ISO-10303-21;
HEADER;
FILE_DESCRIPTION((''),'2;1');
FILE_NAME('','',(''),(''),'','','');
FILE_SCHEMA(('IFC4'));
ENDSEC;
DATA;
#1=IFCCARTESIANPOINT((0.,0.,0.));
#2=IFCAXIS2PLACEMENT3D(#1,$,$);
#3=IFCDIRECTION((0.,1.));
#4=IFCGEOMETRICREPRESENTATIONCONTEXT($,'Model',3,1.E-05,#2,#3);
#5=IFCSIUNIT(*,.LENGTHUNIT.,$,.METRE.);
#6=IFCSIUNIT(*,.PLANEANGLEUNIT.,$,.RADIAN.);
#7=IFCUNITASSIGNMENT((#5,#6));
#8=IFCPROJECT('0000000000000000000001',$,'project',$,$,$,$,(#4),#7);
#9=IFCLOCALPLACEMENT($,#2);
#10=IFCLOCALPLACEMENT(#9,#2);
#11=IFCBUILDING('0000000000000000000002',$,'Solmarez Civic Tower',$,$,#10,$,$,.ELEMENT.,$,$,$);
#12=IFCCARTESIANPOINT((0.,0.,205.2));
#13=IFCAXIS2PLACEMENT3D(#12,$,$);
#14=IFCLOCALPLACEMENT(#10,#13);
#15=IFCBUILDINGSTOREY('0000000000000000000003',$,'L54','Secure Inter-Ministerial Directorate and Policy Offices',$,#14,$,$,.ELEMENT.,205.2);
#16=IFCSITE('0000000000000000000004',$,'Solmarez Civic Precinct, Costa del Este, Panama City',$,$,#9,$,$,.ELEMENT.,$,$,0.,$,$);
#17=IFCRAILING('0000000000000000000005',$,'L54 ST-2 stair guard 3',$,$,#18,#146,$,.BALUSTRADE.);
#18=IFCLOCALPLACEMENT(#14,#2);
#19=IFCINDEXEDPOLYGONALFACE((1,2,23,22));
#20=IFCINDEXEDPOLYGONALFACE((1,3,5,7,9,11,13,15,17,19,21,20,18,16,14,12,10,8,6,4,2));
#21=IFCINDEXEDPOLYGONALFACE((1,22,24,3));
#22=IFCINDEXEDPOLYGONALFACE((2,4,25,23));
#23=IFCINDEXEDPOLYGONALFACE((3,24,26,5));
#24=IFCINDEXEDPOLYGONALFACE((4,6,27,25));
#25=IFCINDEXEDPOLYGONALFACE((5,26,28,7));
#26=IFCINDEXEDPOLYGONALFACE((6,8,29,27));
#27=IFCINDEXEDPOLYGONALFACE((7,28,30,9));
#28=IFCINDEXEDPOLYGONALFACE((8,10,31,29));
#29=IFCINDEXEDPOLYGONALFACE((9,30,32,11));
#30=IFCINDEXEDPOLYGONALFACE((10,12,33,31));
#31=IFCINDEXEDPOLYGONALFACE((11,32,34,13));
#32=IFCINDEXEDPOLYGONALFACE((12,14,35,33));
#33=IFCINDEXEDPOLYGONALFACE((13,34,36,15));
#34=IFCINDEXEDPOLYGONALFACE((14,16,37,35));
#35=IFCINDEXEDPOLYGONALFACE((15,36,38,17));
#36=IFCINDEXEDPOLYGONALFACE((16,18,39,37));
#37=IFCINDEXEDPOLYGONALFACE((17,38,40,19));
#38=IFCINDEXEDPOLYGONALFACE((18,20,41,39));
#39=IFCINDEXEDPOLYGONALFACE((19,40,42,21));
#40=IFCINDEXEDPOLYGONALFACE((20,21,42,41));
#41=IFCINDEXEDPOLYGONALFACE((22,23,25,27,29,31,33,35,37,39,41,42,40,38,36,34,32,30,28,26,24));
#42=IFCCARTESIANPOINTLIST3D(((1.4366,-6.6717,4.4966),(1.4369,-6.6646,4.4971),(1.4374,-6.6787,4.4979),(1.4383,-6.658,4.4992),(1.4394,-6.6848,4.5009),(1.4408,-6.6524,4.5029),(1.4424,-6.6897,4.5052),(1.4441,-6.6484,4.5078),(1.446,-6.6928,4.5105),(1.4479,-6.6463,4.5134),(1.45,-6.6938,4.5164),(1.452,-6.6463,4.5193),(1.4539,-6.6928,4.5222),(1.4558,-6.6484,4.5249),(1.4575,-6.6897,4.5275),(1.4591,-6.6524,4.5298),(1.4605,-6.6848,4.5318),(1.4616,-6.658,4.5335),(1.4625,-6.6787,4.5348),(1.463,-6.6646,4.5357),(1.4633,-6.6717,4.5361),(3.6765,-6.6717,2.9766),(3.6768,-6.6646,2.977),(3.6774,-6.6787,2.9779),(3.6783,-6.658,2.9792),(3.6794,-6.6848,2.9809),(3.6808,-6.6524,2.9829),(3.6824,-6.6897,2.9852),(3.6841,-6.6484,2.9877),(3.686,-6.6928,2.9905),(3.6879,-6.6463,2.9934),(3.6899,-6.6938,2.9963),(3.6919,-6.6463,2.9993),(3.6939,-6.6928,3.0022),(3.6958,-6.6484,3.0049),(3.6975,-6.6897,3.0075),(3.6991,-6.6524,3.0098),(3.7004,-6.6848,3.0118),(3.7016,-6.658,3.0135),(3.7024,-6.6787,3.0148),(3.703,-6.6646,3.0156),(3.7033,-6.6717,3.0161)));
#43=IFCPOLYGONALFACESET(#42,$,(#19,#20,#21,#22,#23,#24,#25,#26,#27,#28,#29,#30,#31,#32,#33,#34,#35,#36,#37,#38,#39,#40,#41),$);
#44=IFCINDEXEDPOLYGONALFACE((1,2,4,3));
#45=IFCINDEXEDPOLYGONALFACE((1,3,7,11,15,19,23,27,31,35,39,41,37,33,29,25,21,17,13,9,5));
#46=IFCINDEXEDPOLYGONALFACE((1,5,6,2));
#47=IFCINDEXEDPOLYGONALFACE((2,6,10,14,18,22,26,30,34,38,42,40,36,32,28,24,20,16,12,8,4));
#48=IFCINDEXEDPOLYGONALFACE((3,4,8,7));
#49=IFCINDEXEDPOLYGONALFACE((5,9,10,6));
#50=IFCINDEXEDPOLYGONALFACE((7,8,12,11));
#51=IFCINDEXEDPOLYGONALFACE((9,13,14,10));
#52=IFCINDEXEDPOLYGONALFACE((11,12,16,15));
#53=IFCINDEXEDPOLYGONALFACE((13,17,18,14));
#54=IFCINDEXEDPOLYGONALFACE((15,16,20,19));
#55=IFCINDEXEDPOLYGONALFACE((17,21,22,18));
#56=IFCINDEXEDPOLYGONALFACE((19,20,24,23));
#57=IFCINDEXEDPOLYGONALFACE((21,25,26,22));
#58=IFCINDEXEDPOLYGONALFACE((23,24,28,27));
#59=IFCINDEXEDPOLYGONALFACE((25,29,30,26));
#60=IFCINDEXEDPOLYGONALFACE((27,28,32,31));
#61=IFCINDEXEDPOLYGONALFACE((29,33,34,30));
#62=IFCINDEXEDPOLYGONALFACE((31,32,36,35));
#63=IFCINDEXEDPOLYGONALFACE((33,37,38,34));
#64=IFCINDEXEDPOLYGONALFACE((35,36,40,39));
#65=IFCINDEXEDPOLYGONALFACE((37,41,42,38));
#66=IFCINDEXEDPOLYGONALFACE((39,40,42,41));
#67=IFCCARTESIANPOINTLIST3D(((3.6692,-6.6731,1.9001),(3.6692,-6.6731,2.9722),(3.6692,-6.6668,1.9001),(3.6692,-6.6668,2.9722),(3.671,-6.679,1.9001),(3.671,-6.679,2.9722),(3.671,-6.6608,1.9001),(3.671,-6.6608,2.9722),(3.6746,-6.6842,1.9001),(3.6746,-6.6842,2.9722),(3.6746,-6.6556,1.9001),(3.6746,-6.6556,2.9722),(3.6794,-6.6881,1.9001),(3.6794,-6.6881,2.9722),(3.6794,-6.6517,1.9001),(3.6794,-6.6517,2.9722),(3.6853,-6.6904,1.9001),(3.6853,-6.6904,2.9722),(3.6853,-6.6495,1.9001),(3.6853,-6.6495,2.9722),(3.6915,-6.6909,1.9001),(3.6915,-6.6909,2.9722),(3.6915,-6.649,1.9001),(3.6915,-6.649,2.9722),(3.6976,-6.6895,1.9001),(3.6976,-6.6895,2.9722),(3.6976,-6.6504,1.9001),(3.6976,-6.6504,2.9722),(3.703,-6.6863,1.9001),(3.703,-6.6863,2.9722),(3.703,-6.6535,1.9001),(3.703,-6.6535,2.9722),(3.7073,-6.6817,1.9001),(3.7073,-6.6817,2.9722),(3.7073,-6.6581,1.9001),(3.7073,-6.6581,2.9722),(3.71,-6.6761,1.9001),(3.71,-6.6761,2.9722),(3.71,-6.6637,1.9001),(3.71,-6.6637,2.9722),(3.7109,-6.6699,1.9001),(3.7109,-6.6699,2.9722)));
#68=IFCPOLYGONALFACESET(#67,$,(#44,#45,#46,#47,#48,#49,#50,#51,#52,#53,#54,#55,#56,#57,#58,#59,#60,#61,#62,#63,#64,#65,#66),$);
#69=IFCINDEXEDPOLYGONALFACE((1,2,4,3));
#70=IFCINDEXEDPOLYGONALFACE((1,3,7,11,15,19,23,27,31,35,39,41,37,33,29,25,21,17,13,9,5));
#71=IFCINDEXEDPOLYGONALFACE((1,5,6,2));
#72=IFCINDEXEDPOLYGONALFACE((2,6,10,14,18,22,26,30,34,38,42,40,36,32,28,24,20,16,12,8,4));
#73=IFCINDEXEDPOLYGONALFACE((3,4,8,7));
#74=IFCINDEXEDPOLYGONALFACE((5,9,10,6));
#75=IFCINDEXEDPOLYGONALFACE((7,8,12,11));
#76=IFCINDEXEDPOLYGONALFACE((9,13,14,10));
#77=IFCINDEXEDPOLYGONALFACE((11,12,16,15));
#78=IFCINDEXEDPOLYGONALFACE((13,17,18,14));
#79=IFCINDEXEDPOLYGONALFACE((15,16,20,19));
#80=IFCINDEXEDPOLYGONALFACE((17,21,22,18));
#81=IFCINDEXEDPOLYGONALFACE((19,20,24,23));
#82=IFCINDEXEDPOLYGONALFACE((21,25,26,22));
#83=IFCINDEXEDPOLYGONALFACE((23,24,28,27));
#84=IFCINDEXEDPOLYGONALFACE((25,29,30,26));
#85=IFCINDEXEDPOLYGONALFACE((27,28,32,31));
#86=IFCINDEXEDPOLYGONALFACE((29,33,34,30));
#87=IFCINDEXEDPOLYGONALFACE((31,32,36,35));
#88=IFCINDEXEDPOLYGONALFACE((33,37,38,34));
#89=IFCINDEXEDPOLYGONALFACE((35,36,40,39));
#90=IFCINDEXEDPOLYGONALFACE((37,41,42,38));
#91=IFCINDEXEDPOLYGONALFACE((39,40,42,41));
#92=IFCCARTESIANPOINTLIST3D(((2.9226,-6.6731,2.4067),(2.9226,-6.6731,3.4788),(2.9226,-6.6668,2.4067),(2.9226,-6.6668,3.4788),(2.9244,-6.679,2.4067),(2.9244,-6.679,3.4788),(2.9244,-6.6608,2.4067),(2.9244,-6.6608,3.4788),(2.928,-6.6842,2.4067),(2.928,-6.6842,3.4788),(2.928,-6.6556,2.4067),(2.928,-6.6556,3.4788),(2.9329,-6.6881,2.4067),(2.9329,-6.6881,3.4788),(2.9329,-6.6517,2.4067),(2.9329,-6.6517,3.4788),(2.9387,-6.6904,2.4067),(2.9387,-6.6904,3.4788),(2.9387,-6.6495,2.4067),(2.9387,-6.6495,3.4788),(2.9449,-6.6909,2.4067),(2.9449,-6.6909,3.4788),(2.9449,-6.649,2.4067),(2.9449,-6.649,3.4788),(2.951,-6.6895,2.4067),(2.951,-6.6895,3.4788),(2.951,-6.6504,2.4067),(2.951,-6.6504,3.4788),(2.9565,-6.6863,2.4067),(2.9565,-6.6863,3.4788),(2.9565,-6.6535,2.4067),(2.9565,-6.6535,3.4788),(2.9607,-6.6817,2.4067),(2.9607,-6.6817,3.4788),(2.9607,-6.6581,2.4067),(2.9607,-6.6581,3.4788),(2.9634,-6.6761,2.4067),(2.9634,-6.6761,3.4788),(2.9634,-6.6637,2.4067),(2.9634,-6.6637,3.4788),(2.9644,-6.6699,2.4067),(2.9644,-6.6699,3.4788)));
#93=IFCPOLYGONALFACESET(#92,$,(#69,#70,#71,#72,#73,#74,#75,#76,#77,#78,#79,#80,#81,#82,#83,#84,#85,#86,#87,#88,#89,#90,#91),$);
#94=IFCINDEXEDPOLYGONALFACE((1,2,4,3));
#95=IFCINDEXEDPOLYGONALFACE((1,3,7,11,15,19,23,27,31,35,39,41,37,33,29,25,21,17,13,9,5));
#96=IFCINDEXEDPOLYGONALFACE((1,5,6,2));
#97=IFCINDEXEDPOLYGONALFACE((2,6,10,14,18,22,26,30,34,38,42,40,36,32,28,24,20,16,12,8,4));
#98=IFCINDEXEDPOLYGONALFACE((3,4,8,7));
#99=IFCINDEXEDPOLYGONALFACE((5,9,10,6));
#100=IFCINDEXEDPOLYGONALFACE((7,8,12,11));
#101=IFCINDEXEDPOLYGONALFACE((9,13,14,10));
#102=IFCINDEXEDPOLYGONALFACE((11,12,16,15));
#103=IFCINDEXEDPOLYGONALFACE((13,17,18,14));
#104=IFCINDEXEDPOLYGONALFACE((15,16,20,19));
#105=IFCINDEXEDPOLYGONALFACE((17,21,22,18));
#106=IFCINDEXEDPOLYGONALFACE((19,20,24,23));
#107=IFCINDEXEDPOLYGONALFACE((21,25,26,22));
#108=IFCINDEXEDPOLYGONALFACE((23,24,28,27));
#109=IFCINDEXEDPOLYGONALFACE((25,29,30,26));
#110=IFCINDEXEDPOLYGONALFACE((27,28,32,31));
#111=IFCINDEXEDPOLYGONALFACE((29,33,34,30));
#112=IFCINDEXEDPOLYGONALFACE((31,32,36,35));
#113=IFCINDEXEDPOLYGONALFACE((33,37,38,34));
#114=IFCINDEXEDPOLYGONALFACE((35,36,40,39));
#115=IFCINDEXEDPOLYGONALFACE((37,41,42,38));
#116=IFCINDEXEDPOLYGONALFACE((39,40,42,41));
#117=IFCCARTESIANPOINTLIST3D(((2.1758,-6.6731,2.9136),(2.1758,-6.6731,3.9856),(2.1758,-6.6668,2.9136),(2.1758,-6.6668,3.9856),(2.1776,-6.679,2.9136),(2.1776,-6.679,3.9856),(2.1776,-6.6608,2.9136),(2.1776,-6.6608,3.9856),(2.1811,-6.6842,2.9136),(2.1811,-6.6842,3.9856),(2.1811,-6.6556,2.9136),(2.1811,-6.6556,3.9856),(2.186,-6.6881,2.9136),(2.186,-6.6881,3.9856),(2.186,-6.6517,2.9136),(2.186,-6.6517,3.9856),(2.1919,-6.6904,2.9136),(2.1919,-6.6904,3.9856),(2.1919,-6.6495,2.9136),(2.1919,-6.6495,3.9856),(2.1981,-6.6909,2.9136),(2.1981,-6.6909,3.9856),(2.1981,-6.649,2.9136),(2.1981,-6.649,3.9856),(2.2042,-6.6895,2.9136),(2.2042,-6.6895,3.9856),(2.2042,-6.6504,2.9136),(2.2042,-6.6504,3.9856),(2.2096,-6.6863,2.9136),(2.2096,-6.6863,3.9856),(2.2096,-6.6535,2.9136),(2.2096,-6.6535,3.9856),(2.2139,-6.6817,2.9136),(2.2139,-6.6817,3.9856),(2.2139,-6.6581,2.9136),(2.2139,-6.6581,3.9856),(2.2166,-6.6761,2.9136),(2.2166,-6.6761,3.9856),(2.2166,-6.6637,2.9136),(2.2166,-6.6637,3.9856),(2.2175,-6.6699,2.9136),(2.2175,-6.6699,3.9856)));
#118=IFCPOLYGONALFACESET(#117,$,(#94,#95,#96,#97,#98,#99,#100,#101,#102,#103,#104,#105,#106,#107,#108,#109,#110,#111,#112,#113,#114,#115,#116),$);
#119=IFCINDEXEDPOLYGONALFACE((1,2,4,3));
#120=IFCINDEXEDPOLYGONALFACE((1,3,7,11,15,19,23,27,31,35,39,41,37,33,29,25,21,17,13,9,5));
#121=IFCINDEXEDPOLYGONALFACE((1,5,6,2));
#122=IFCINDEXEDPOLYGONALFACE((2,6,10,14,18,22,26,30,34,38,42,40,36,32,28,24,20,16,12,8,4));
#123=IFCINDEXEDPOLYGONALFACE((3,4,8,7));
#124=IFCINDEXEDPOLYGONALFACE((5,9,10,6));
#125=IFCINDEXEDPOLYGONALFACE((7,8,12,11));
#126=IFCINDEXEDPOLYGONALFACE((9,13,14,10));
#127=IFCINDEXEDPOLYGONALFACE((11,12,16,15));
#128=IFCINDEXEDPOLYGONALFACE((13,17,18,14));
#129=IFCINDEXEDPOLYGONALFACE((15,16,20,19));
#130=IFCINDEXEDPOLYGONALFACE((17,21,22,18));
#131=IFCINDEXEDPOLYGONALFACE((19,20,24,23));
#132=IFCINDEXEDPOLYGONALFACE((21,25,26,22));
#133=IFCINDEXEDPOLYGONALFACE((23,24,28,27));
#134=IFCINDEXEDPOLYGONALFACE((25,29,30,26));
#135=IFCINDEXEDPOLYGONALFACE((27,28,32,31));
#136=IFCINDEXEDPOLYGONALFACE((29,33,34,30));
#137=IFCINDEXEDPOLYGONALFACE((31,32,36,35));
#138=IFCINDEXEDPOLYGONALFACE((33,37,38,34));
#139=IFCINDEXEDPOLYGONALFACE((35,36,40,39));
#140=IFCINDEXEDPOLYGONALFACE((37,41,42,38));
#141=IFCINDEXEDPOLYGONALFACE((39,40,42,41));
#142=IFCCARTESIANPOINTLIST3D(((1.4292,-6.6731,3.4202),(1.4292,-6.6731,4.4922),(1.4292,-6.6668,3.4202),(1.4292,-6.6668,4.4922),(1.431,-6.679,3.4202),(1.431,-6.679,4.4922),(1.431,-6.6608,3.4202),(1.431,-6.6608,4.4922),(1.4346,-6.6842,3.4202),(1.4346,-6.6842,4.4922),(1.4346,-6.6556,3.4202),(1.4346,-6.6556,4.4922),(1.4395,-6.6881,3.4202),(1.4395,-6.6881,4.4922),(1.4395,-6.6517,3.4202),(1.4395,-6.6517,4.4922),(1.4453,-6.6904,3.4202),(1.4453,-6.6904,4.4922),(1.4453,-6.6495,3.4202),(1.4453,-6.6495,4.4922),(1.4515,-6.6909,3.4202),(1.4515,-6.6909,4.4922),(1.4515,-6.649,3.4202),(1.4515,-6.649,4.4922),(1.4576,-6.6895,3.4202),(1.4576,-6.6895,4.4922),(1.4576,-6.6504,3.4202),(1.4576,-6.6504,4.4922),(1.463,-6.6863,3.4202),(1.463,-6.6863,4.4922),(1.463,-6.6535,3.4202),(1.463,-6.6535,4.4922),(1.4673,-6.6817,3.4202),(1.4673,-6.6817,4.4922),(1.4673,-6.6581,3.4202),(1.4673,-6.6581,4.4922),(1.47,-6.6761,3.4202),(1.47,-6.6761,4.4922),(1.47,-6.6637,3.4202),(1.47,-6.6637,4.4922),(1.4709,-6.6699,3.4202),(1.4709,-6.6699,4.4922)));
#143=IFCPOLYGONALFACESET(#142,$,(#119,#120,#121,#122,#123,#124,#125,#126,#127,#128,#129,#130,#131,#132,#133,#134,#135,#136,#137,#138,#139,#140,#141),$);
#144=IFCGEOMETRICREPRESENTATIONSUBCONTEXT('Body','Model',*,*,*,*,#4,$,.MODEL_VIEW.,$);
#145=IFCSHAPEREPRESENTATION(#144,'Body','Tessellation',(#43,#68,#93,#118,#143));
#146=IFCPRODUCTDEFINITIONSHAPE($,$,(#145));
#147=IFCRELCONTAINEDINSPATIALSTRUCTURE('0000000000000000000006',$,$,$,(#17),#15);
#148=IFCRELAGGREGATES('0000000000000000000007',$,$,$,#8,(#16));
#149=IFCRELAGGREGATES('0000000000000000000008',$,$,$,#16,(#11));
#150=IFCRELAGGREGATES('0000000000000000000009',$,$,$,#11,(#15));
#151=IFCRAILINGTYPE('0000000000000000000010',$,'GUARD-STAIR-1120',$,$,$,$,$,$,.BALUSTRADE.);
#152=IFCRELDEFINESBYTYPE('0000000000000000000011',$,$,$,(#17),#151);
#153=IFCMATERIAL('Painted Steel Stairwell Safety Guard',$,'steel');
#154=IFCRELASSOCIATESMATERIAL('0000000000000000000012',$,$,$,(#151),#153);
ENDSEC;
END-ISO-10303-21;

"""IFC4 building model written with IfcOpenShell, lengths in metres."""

from ifc_helpers import new_model, si_unit, direction, frame, origin, origin_2d, place, context, subcontext, project, spatial, circle, extrude, material, type_object, element, save


model = new_model("IFC4")

# Units and contexts
model_context = context("Model", 3, precision=1e-05, world=origin(), true_north=direction((0.0, 1.0)))
body_context = subcontext(model_context, "Body", "Model", "MODEL_VIEW")
ifc_project = project(units=[si_unit("LENGTHUNIT", "METRE"), si_unit("PLANEANGLEUNIT", "RADIAN")], contexts=[model_context])

# Site, building, storey
site_placement = place(None, origin())
site = spatial("IfcSite", under=ifc_project, at=site_placement, Name="Solmarez Civic Precinct, Costa del Este, Panama City", CompositionType="ELEMENT", RefElevation=0.0)
building_placement = place(site_placement, origin())
building = spatial("IfcBuilding", under=site, at=building_placement, Name="Solmarez Civic Tower", CompositionType="ELEMENT")
storey_placement = place(building_placement, frame((0.0, 0.0, 205.2)))
storey = spatial("IfcBuildingStorey", under=building, at=storey_placement, Name="L54", Description="Secure Inter-Ministerial Directorate and Policy Offices", CompositionType="ELEMENT", Elevation=205.2)

# Railing
ifc_material_1 = material(Name="Painted Steel Stairwell Safety Guard", Category="steel")
railing_type_1 = type_object("IfcRailingType", Name="GUARD-STAIR-1120", PredefinedType="BALUSTRADE", material=ifc_material_1)
railing_1_placement = place(storey_placement, frame((3.6899, -6.6699, 1.9001)))
element("IfcRailing", 1, at=railing_1_placement, inside=storey, type_object=railing_type_1, Name="L54 ST-2 stair guard 3", PredefinedType="BALUSTRADE", context=body_context, shape_type="SweptSolid", body=[
    extrude(circle(Radius=0.0239, at=origin_2d()), frame((0.0, 0.0, 1.0962), z_axis=(-0.827471, 0.0, 0.561508), x_axis=(0.0, -1.0, 0.0)), (0.0, 0.0, 1.0), 2.707),
    extrude(circle(Radius=0.021, at=origin_2d()), origin(), (0.0, 0.0, 1.0), 1.072),
    extrude(circle(Radius=0.021, at=origin_2d()), frame((-0.7466, 0.0, 0.5066)), (0.0, 0.0, 1.0), 1.072),
    extrude(circle(Radius=0.021, at=origin_2d()), frame((-1.4934, 0.0, 1.0134)), (0.0, 0.0, 1.0), 1.072),
    extrude(circle(Radius=0.021, at=origin_2d()), frame((-2.24, 0.0, 1.52)), (0.0, 0.0, 1.0), 1.072),
])

save(model, "model.ifc")
